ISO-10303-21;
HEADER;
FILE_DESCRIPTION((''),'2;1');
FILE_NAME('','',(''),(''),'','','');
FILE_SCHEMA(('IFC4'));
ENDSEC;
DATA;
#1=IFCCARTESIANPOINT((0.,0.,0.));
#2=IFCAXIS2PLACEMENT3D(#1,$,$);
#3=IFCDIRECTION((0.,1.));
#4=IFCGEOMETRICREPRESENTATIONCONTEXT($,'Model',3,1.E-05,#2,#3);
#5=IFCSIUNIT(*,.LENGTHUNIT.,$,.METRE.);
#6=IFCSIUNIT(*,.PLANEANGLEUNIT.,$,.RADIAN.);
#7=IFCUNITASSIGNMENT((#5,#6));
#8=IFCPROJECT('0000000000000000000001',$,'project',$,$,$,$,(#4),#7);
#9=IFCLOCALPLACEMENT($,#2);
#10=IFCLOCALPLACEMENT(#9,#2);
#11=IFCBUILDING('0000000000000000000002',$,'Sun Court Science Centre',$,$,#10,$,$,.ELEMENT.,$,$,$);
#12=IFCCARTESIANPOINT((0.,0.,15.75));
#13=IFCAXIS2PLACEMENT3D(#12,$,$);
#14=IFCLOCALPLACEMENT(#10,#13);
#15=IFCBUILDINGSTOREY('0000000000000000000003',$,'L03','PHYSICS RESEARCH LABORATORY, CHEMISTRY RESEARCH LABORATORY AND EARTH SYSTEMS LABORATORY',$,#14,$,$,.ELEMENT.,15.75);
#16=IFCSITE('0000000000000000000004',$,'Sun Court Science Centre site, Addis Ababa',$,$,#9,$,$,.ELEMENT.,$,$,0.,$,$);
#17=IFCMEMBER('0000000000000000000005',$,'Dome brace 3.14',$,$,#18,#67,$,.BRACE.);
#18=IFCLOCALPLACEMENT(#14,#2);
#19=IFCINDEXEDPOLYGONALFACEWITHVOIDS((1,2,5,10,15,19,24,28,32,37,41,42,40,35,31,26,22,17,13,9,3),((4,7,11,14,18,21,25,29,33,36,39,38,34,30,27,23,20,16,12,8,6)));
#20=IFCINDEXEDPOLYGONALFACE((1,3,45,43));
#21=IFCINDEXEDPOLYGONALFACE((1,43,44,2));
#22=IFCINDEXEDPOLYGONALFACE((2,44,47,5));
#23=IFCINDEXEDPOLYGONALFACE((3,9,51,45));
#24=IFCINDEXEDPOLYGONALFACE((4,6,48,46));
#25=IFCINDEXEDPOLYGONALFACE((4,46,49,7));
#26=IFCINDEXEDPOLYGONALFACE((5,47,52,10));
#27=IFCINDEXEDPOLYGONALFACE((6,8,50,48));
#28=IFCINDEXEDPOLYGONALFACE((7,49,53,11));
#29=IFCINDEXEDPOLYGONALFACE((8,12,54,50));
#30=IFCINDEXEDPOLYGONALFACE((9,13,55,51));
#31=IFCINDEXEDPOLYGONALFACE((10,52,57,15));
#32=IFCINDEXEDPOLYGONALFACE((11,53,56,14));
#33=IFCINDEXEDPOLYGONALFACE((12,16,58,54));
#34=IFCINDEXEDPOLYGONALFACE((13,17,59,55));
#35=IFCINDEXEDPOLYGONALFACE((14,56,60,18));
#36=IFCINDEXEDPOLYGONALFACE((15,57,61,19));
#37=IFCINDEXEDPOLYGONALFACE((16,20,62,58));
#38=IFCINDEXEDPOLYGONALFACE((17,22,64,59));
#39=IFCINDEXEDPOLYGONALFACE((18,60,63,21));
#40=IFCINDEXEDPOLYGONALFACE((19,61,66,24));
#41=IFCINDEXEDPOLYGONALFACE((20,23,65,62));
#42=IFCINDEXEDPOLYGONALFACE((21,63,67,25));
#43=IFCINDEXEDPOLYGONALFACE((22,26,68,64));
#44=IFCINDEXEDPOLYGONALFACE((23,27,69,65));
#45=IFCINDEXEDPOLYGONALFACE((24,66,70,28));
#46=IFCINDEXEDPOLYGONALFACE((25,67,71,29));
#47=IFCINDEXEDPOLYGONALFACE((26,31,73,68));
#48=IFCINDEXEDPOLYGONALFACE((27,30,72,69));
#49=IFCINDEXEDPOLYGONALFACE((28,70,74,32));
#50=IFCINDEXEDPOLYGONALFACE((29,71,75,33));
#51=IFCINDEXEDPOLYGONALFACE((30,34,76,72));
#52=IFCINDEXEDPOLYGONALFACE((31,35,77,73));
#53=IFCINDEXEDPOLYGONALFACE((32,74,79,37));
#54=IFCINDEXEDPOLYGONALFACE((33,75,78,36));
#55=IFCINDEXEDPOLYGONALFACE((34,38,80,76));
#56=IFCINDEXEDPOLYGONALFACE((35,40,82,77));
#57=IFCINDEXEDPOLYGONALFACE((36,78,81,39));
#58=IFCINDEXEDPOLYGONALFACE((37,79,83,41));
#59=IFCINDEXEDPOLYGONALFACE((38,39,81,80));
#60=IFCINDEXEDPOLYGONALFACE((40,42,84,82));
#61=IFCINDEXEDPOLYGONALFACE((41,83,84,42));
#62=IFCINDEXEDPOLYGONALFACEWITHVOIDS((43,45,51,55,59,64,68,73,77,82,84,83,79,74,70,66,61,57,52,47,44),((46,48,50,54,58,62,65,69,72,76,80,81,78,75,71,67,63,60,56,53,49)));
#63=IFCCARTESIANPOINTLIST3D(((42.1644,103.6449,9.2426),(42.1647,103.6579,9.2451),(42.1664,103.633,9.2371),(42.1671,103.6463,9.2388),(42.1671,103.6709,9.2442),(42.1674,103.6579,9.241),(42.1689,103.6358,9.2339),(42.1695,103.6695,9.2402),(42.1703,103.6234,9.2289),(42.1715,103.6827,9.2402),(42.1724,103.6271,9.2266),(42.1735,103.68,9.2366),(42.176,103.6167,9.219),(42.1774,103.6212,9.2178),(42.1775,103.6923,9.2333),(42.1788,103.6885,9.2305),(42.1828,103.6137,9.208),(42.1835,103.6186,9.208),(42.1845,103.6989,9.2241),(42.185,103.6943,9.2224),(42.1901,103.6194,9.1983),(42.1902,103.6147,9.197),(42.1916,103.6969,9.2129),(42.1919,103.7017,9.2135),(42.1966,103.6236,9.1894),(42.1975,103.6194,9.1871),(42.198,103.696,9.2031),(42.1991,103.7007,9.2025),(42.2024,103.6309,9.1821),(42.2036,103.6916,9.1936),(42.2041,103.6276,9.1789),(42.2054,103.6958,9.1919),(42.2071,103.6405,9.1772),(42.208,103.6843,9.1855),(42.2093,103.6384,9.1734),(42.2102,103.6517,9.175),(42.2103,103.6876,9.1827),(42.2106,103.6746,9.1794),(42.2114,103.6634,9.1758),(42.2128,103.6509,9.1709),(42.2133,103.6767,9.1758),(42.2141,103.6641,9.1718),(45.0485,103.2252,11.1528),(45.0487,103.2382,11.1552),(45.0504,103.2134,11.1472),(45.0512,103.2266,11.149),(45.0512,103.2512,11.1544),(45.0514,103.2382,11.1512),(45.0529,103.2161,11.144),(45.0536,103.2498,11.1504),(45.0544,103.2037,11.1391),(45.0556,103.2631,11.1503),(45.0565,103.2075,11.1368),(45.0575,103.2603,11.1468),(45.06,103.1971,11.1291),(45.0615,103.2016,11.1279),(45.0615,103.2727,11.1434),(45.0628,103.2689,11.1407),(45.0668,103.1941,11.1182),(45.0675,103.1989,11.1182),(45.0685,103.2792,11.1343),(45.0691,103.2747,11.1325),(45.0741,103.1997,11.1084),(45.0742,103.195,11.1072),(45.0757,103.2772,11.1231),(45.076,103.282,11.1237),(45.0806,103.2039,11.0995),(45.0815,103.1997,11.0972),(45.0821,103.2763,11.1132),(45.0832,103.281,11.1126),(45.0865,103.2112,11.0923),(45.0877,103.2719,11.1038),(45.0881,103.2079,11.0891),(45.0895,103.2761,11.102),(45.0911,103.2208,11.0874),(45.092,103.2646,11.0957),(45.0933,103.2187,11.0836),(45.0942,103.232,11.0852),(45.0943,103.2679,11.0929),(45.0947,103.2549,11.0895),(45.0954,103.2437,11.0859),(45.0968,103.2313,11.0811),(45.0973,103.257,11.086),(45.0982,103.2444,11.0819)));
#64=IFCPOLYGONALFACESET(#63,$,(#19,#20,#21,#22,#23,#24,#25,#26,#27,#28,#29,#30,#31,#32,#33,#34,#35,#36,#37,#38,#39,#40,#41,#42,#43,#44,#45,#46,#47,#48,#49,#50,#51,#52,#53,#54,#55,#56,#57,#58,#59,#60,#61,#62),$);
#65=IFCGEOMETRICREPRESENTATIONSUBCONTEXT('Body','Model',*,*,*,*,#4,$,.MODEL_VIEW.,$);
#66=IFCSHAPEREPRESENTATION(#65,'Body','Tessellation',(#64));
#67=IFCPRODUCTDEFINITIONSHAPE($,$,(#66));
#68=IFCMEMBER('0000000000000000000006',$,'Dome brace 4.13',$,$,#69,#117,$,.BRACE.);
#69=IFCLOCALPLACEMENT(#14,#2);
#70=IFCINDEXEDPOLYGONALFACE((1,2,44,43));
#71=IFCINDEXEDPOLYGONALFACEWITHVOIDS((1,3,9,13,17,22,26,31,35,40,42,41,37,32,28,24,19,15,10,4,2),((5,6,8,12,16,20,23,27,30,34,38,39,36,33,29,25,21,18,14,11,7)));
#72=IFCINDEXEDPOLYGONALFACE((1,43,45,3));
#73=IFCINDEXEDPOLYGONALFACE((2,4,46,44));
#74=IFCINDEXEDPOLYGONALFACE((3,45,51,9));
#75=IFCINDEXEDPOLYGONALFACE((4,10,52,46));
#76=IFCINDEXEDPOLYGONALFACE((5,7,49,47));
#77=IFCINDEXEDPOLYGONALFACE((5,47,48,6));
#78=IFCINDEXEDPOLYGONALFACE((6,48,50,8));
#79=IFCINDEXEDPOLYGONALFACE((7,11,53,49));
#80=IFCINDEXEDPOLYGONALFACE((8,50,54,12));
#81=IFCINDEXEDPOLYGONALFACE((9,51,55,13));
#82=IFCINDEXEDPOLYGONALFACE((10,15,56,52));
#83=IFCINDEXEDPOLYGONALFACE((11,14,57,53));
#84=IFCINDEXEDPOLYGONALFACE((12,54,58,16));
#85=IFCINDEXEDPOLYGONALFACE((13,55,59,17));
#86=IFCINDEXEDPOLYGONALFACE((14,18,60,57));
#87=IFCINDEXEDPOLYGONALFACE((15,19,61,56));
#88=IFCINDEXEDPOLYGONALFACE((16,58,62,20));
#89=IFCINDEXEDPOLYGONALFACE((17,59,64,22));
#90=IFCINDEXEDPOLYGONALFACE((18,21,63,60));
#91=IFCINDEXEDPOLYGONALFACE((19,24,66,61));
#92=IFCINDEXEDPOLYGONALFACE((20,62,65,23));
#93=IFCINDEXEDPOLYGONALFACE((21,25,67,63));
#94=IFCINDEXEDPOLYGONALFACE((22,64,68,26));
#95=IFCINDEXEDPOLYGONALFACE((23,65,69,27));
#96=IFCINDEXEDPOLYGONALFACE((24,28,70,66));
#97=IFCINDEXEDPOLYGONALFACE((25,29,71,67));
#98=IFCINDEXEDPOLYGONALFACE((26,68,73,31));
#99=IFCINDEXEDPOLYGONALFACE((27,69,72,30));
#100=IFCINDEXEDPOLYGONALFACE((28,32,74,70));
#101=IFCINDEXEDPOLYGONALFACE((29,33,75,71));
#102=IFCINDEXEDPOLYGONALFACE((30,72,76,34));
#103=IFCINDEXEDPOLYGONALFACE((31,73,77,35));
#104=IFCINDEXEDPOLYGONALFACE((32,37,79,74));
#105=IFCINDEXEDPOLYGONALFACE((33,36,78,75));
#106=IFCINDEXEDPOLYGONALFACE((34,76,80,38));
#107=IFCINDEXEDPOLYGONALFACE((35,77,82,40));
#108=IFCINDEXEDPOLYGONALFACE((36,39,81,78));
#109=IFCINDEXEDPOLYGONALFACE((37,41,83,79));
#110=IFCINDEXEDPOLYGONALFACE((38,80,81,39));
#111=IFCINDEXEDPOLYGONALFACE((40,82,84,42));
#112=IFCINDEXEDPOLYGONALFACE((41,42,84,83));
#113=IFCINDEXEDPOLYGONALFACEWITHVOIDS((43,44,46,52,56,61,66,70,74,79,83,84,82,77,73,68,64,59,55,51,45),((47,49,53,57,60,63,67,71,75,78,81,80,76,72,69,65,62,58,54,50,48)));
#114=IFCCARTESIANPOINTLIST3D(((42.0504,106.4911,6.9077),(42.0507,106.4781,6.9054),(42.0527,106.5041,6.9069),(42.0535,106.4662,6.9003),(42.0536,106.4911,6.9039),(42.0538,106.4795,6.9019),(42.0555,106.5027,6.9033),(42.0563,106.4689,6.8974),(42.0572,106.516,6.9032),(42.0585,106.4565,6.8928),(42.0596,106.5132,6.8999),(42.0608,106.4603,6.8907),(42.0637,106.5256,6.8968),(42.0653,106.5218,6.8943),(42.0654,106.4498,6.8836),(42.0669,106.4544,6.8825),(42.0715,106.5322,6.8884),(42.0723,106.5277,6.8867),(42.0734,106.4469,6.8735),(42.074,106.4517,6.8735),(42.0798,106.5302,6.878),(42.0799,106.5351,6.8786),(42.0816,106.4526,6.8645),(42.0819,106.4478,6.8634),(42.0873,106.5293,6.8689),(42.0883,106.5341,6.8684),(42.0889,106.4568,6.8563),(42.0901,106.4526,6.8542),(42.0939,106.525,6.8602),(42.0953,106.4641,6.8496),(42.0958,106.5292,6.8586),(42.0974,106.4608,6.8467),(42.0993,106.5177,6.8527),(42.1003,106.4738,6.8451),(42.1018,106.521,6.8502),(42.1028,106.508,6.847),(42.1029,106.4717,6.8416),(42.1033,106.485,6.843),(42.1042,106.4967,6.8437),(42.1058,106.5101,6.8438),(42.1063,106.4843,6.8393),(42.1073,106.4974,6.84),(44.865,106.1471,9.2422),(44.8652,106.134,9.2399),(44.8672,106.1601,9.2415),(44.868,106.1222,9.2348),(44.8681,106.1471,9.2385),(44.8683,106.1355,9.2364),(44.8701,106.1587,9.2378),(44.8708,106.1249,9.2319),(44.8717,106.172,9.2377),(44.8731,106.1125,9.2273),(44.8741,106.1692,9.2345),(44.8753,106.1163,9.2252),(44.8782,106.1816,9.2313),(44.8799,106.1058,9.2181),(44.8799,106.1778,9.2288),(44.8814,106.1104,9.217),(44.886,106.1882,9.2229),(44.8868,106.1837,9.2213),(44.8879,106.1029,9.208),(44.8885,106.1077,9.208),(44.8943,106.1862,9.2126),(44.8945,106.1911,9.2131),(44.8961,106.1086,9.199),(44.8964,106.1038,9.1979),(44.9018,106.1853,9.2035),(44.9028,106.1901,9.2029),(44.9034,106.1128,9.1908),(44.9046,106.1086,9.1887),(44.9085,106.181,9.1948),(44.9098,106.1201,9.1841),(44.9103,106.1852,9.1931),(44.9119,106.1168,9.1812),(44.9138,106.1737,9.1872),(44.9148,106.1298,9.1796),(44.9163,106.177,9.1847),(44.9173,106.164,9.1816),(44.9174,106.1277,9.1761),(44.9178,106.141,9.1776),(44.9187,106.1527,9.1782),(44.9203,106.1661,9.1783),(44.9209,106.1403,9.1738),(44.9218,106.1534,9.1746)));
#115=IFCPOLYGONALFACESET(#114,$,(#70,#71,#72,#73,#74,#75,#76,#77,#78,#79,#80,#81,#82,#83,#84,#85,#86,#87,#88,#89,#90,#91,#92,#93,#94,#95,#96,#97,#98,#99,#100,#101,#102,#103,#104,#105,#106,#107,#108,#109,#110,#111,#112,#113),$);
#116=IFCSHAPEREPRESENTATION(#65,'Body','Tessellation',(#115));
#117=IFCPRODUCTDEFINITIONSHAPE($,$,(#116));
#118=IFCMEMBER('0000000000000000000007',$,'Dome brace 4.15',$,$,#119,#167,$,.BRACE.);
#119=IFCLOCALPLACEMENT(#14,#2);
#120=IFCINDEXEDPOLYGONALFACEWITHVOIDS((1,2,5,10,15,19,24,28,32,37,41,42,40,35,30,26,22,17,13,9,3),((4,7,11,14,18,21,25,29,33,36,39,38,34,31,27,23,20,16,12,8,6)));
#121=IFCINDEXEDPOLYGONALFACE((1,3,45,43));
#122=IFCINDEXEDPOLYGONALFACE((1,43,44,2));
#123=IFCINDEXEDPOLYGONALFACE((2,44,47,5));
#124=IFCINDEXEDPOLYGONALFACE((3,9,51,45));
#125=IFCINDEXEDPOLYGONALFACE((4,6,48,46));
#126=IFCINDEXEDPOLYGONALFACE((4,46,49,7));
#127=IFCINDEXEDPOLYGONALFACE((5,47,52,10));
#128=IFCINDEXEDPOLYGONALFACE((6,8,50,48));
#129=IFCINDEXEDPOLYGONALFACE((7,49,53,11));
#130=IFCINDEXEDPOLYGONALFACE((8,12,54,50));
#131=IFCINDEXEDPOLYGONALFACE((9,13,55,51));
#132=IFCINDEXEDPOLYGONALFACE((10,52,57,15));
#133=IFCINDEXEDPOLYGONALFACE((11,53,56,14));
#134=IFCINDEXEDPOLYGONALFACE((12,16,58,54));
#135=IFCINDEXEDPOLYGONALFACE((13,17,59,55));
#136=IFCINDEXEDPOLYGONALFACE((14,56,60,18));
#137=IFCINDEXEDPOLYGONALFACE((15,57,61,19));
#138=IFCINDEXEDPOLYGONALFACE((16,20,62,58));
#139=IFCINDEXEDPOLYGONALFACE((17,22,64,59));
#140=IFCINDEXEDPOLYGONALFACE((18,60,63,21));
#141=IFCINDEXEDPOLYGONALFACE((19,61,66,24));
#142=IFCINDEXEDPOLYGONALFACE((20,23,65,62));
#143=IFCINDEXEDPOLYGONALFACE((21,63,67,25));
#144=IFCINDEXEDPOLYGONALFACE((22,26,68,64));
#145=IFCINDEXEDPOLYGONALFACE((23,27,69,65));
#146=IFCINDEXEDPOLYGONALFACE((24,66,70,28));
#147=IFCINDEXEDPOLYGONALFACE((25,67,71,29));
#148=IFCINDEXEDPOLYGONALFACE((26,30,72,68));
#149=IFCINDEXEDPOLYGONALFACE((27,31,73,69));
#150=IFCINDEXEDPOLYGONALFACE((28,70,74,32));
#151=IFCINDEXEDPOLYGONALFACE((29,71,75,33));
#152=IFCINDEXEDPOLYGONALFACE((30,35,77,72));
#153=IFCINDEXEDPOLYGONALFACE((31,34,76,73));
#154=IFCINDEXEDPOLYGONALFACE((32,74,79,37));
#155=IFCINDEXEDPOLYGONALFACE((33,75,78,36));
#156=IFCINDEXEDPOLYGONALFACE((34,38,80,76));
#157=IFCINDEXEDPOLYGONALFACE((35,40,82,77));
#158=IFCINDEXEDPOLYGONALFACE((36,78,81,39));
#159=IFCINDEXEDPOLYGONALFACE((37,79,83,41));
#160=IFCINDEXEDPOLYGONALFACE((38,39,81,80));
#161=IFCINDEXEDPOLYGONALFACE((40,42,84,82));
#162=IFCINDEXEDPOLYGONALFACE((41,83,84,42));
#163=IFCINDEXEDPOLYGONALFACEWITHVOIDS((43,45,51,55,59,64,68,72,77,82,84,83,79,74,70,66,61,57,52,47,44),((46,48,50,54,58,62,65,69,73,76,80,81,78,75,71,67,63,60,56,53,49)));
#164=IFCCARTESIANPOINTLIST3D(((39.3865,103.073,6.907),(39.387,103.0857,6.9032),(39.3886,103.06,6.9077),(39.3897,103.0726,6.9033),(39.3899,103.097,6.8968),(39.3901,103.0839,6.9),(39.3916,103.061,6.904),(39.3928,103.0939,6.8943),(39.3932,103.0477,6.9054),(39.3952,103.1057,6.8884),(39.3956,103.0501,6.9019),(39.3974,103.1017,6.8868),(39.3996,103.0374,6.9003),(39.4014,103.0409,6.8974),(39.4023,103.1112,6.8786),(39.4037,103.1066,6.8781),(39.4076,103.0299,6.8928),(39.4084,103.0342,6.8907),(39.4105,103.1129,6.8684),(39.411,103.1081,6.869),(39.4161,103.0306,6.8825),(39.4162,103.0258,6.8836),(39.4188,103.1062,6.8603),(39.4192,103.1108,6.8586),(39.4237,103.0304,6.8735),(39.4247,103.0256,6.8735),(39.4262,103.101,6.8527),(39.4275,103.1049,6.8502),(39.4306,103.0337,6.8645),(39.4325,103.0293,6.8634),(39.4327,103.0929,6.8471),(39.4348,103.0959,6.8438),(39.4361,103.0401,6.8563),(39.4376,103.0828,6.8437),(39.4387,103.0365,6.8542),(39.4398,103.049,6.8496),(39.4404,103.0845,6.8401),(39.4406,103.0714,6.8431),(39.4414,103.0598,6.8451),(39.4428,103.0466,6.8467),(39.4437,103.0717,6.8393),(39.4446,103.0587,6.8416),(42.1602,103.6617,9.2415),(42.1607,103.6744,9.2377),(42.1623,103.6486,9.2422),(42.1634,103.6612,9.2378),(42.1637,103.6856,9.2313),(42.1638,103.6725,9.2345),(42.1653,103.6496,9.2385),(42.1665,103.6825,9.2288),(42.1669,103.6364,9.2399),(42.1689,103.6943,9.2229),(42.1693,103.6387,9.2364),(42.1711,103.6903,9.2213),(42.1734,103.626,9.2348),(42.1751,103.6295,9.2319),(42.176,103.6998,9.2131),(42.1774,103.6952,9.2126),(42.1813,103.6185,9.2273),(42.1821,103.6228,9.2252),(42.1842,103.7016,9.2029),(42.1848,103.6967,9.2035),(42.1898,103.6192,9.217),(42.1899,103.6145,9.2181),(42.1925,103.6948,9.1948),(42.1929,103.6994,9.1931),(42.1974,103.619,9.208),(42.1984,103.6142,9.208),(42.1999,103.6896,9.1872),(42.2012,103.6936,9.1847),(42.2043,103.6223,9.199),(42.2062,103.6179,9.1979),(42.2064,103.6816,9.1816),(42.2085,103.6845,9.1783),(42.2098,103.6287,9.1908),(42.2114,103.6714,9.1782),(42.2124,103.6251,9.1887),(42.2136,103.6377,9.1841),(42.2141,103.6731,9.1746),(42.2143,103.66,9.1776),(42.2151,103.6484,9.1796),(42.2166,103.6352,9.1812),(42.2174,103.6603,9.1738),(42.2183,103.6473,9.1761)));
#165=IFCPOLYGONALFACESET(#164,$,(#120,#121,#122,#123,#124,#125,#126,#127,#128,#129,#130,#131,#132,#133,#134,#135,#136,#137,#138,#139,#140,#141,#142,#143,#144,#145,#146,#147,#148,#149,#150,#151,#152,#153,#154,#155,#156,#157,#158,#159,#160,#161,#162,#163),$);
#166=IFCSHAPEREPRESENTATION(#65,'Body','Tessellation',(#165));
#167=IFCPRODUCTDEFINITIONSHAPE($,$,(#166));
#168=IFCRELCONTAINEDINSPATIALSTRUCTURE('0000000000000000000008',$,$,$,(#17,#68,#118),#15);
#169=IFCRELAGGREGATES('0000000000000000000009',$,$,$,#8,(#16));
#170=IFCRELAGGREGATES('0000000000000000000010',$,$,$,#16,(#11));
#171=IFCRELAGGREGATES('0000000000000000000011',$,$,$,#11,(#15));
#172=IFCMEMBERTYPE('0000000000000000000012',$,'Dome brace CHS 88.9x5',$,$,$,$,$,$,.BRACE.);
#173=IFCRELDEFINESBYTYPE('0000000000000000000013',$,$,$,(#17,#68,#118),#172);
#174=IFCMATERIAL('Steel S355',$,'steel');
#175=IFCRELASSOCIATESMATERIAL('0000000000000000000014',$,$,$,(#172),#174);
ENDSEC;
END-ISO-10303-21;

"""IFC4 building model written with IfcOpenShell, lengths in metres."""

from ifc_helpers import new_model, si_unit, direction, frame, origin, origin_2d, place, context, subcontext, project, spatial, hollow_circle, extrude, material, material_profile, profile_set, type_object, element, save


model = new_model("IFC4")

# Units and contexts
model_context = context("Model", 3, precision=1e-05, world=origin(), true_north=direction((0.0, 1.0)))
body_context = subcontext(model_context, "Body", "Model", "MODEL_VIEW")
ifc_project = project(units=[si_unit("LENGTHUNIT", "METRE"), si_unit("PLANEANGLEUNIT", "RADIAN")], contexts=[model_context])

# Site, building, storey
site_placement = place(None, origin())
site = spatial("IfcSite", under=ifc_project, at=site_placement, Name="Sun Court Science Centre site, Addis Ababa", CompositionType="ELEMENT", RefElevation=0.0)
building_placement = place(site_placement, origin())
building = spatial("IfcBuilding", under=site, at=building_placement, Name="Sun Court Science Centre", CompositionType="ELEMENT")
storey_placement = place(building_placement, frame((0.0, 0.0, 15.75)))
storey = spatial("IfcBuildingStorey", under=building, at=storey_placement, Name="L03", Description="PHYSICS RESEARCH LABORATORY, CHEMISTRY RESEARCH LABORATORY AND EARTH SYSTEMS LABORATORY", CompositionType="ELEMENT", Elevation=15.75)

# Members
ifc_material_1 = material(Name="Steel S355", Category="steel")
ifc_material_profile_1 = material_profile(ifc_material_1, hollow_circle(Radius=0.0444, WallThickness=0.0049, at=origin_2d()), Name="CHS 88.9x5")
ifc_profile_set_1 = profile_set([ifc_material_profile_1], Name="Steel S355")
member_type_1 = type_object("IfcMemberType", Name="Dome brace CHS 88.9x5", PredefinedType="BRACE", material=ifc_profile_set_1)
member_1_placement = place(storey_placement, frame((45.0732, 103.238, 11.1182), z_axis=(-0.82765, 0.120438, -0.54817), x_axis=(-0.144001, -0.989578, 0.0)))
element("IfcMember", 1, at=member_1_placement, inside=storey, type_object=member_type_1, Name="Dome brace 3.14", PredefinedType="BRACE", context=body_context, shape_type="SweptSolid", body=[
    extrude(hollow_circle(Radius=0.0444, WallThickness=0.0049, at=origin_2d()), origin(), (0.0, 0.0, 1.0), 3.4846),
])
for number, where, z_axis, x_axis, name in (
    (2, (44.8933, 106.147, 9.208), (-0.766303, 0.093661, -0.635616), (-0.121321, -0.992613, 0.0), "Dome brace 4.13"),
    (3, (42.1892, 103.6577, 9.208), (-0.755193, -0.160265, -0.635609), (0.207594, -0.978215, 0.0), "Dome brace 4.15"),
):
    element("IfcMember", number, at=place(storey_placement, frame(where, z_axis=z_axis, x_axis=x_axis)), inside=storey, type_object=member_type_1, Name=name, PredefinedType="BRACE", context=body_context, shape_type="SweptSolid", body=[
        extrude(hollow_circle(Radius=0.0444, WallThickness=0.0049, at=origin_2d()), origin(), (0.0, 0.0, 1.0), 3.6729),
    ])

save(model, "model.ifc")
